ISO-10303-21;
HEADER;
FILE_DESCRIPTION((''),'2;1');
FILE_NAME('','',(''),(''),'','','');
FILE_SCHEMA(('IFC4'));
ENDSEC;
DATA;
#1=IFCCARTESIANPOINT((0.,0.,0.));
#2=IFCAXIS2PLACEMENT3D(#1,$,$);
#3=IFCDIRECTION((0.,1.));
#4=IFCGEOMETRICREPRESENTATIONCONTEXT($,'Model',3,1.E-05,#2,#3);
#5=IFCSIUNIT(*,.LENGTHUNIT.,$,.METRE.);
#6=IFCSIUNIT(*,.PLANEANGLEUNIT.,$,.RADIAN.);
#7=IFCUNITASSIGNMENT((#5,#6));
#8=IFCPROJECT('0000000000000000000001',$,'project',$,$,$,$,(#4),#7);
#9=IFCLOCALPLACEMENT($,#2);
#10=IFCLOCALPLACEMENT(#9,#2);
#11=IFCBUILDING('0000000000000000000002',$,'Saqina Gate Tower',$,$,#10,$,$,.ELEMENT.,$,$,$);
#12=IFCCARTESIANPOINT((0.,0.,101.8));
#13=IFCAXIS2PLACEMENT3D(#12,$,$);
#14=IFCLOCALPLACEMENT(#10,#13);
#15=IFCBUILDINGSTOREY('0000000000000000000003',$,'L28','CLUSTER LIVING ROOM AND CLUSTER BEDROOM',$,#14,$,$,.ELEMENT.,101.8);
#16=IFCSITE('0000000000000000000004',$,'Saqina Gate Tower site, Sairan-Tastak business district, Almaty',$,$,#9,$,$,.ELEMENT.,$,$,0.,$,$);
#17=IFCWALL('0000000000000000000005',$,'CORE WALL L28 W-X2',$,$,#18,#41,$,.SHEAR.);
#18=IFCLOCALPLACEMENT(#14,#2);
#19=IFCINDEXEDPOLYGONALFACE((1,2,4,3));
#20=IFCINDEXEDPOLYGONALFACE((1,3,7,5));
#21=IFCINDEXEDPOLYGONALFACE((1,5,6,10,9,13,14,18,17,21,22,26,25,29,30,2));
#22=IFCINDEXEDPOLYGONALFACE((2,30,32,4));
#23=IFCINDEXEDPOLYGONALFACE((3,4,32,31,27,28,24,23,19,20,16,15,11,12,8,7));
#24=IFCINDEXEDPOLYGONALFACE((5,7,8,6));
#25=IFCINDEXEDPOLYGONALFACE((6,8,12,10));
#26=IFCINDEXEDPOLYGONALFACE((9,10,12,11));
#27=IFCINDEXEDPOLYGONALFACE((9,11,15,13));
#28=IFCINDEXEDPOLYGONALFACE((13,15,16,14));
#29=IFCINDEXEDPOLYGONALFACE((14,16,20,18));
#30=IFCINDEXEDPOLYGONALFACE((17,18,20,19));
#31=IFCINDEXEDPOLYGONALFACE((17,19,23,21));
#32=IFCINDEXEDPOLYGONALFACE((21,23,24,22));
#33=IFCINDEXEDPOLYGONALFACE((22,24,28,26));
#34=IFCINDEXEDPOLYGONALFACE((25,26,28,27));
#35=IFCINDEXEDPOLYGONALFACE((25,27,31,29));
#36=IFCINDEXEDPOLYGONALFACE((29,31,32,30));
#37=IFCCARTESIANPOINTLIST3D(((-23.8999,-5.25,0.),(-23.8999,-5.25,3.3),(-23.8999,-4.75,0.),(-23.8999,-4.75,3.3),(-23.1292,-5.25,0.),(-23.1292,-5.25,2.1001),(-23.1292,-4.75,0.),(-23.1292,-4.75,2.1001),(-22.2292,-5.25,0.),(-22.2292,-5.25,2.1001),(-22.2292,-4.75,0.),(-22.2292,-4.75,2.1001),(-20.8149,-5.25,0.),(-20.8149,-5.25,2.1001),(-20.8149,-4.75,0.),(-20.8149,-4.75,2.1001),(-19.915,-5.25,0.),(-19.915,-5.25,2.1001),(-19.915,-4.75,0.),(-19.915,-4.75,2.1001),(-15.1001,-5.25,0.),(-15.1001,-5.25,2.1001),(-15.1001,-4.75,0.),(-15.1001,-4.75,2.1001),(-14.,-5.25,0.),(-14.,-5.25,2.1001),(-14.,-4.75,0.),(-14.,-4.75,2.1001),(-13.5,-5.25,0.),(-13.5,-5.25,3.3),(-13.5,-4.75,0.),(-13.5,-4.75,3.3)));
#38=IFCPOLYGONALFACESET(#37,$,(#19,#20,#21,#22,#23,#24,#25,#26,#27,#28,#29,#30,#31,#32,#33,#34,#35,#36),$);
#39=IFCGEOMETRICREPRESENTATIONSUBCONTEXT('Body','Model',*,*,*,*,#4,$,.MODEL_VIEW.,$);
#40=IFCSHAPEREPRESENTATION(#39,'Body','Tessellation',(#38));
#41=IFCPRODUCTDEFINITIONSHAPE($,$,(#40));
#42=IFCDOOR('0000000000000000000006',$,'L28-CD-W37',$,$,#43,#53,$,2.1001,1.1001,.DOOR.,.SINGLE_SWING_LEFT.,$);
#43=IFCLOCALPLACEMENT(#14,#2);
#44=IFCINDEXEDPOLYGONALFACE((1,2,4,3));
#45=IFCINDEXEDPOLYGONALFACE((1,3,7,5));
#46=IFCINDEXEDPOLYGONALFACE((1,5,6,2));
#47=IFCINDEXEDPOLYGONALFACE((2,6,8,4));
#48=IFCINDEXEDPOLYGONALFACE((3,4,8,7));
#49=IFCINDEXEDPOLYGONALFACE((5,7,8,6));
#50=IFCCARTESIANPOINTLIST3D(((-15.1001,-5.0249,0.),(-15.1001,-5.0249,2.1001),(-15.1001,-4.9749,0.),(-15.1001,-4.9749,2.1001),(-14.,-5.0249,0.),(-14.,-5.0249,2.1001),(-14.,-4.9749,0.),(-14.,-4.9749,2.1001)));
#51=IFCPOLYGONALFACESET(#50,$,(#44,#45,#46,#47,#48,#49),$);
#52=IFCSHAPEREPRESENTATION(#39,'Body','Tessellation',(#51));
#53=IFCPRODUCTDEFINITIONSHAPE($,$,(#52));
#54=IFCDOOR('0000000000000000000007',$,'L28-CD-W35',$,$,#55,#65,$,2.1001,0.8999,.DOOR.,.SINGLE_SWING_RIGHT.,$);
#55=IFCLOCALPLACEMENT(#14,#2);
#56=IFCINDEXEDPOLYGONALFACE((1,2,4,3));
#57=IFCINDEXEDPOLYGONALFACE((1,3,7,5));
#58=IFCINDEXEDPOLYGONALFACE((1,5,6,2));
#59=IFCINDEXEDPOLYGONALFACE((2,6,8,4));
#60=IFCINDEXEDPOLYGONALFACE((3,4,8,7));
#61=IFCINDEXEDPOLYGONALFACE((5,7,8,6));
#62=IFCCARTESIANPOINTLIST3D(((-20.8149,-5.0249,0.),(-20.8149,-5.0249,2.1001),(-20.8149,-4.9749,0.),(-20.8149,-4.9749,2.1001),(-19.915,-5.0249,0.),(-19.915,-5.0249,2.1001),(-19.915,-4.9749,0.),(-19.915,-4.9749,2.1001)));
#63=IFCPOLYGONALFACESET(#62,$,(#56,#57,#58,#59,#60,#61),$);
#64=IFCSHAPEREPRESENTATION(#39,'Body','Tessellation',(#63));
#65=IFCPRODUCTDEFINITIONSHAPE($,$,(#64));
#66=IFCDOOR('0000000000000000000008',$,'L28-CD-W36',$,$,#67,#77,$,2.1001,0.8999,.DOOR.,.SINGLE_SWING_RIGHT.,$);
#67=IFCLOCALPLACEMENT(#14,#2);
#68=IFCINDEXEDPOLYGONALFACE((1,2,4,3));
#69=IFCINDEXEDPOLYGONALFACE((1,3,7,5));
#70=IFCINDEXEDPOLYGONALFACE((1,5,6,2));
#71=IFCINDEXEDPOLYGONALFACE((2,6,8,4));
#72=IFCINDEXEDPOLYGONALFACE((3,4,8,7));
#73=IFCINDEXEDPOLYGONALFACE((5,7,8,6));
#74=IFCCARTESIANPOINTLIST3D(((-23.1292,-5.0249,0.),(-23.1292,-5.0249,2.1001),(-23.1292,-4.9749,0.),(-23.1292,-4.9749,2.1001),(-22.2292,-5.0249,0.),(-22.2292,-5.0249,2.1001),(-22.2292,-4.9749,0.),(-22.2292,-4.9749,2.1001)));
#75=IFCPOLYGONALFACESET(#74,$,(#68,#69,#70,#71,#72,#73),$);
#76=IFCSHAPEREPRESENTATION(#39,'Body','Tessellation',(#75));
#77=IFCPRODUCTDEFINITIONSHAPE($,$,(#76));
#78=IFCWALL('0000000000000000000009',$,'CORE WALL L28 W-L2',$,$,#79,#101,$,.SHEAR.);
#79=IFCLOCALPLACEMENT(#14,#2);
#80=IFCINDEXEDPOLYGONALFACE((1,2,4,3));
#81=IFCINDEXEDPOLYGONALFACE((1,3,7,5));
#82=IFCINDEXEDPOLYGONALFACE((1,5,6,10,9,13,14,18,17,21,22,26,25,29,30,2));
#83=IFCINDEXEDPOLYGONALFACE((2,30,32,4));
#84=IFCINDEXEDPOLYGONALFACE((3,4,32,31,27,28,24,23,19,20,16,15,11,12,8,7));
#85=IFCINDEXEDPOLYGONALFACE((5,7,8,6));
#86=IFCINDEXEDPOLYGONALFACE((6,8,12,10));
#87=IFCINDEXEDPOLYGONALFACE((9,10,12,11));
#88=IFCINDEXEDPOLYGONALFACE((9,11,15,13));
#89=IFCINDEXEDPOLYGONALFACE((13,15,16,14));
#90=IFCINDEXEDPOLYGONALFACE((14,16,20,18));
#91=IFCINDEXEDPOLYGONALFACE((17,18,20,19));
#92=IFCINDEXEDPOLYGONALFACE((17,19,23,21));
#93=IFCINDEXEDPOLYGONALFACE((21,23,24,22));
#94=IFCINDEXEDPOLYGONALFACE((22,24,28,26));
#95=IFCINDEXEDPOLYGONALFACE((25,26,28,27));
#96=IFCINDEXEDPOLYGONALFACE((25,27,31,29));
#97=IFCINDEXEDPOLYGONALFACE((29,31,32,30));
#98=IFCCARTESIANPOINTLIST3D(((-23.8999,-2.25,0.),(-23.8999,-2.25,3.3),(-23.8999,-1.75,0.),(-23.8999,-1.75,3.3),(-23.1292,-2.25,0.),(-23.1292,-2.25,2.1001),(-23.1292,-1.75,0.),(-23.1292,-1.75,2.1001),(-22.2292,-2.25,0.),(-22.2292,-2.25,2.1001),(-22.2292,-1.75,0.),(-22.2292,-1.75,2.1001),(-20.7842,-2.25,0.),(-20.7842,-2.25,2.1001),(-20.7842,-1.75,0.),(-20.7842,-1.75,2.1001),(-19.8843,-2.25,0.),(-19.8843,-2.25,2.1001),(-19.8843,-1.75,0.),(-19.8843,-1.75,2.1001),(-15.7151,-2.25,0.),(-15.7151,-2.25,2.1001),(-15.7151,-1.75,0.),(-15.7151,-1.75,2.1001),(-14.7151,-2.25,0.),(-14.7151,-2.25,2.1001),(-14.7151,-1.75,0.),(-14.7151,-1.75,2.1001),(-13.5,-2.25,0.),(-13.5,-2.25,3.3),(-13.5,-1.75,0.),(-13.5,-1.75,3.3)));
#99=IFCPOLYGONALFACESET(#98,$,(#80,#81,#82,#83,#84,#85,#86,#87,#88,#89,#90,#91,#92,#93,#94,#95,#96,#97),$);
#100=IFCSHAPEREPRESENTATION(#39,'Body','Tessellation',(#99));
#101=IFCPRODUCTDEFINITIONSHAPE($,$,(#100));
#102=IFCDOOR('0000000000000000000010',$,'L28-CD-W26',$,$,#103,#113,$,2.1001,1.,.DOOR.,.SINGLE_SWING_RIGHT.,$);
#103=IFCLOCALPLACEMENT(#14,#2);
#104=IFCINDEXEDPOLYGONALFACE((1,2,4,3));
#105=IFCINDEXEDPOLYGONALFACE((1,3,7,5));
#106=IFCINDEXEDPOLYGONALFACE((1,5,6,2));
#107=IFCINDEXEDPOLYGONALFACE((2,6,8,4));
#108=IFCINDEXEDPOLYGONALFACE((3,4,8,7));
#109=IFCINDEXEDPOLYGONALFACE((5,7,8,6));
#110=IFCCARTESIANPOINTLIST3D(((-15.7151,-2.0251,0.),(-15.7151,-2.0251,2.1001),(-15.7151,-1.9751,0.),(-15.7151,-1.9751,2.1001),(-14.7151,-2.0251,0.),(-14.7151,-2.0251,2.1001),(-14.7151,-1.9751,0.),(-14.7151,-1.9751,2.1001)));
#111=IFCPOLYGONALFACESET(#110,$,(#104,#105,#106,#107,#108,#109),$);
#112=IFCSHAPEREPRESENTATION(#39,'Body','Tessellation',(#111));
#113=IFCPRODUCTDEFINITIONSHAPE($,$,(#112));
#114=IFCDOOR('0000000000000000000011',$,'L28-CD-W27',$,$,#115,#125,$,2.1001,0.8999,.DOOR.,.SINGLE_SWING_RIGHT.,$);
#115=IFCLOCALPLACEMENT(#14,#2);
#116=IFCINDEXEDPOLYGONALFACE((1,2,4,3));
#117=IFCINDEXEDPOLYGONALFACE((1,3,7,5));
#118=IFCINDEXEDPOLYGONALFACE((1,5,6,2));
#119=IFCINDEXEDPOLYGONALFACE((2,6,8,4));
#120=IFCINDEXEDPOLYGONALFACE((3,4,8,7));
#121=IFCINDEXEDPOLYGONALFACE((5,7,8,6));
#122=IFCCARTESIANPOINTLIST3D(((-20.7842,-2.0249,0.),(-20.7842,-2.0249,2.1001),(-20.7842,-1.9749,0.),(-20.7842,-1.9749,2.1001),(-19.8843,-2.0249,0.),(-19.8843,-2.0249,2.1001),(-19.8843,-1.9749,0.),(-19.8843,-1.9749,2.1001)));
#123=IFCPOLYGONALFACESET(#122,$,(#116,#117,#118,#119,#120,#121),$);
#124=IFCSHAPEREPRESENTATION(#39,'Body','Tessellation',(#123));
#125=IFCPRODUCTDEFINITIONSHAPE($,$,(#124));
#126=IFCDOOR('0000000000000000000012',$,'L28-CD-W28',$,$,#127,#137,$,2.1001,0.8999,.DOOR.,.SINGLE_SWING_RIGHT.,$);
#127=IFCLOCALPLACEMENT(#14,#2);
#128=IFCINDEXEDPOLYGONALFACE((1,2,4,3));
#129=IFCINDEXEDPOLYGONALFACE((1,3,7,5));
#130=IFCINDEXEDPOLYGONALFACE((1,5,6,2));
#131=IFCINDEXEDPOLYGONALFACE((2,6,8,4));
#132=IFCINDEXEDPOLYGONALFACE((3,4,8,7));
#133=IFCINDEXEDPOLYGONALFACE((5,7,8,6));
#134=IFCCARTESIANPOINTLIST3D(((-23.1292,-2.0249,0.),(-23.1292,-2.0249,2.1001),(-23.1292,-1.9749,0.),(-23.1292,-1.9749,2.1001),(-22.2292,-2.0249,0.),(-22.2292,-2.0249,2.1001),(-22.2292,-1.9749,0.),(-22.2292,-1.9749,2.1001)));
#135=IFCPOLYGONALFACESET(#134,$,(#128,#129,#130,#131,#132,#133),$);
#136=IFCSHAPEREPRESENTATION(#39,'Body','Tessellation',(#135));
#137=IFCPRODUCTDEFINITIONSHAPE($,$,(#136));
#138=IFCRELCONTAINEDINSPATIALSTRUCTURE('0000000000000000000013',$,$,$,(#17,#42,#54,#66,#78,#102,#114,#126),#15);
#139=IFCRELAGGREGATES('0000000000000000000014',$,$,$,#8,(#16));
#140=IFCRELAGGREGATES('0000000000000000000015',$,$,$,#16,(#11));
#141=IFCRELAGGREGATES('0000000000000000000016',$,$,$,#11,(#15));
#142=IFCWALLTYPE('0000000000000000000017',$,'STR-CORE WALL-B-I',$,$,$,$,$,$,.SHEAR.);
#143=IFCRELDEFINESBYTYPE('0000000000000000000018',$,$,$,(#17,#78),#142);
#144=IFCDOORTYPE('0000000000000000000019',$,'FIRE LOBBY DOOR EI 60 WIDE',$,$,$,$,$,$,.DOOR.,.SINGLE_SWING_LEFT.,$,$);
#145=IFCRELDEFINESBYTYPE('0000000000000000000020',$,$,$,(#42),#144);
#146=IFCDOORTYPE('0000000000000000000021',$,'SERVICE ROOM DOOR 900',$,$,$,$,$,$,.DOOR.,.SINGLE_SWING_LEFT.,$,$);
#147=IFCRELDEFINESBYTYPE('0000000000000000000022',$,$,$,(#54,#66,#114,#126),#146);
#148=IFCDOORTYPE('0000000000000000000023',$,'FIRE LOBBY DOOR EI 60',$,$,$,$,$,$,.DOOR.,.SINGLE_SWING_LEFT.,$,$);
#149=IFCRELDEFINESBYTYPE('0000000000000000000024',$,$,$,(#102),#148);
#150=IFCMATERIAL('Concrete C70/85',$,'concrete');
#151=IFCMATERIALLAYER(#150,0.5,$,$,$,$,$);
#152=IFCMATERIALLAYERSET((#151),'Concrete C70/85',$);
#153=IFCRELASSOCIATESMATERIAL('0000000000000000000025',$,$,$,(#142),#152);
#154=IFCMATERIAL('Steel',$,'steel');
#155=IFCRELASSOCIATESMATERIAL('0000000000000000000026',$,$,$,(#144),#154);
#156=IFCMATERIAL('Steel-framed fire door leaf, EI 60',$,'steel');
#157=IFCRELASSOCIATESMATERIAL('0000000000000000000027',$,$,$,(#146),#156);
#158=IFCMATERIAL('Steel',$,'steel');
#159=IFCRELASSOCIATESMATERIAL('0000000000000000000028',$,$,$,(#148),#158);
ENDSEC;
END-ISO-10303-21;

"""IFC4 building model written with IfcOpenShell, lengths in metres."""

from ifc_helpers import new_model, si_unit, direction, frame, frame_2d, origin, place, context, subcontext, project, spatial, rectangle, extrude, material, layer, layer_set, type_object, element, fill, save


model = new_model("IFC4")

# Units and contexts
model_context = context("Model", 3, precision=1e-05, world=origin(), true_north=direction((0.0, 1.0)))
body_context = subcontext(model_context, "Body", "Model", "MODEL_VIEW")
ifc_project = project(units=[si_unit("LENGTHUNIT", "METRE"), si_unit("PLANEANGLEUNIT", "RADIAN")], contexts=[model_context])

# Site, building, storey
site_placement = place(None, origin())
site = spatial("IfcSite", under=ifc_project, at=site_placement, Name="Saqina Gate Tower site, Sairan-Tastak business district, Almaty", CompositionType="ELEMENT", RefElevation=0.0)
building_placement = place(site_placement, origin())
building = spatial("IfcBuilding", under=site, at=building_placement, Name="Saqina Gate Tower", CompositionType="ELEMENT")
storey_placement = place(building_placement, frame((0.0, 0.0, 101.8)))
storey = spatial("IfcBuildingStorey", under=building, at=storey_placement, Name="L28", Description="CLUSTER LIVING ROOM AND CLUSTER BEDROOM", CompositionType="ELEMENT", Elevation=101.8)

# Walls, openings, doors
ifc_material_1 = material(Name="Concrete C70/85", Category="concrete")
ifc_layer_1 = layer(ifc_material_1, 0.5)
ifc_layer_set_1 = layer_set([ifc_layer_1], Name="Concrete C70/85")
wall_type_1 = type_object("IfcWallType", Name="STR-CORE WALL-B-I", PredefinedType="SHEAR", material=ifc_layer_set_1)
wall_1_placement = place(storey_placement, frame((-13.5, -5.0, 0.0), z_axis=(0.0, 0.0, 1.0), x_axis=(-1.0, 0.0, 0.0)))
wall_1 = element("IfcWall", 1, at=wall_1_placement, inside=storey, type_object=wall_type_1, Name="CORE WALL L28 W-X2", PredefinedType="SHEAR", context=body_context, shape_type="SweptSolid", body=[
    extrude(rectangle(XDim=10.3999, YDim=0.5, at=frame_2d((5.2, 0.0))), origin(), (0.0, 0.0, 1.0), 3.3),
])
opening_1_placement = place(wall_1_placement, frame((6.415, 0.0, 0.0)))
opening_1 = element("IfcOpeningElement", 2, at=opening_1_placement, cuts=wall_1, PredefinedType="OPENING", context=body_context, shape_type="SweptSolid", body=[
    extrude(rectangle(XDim=0.8999, YDim=2.1001, at=frame_2d((0.45, 1.05))), frame((0.0, 0.262, 0.0), z_axis=(0.0, -1.0, 0.0), x_axis=(1.0, 0.0, 0.0)), (0.0, 0.0, 1.0), 0.5239),
])
opening_2_placement = place(wall_1_placement, frame((8.7292, 0.0, 0.0)))
opening_2 = element("IfcOpeningElement", 3, at=opening_2_placement, cuts=wall_1, PredefinedType="OPENING", context=body_context, shape_type="SweptSolid", body=[
    extrude(rectangle(XDim=0.8999, YDim=2.1001, at=frame_2d((0.45, 1.05))), frame((0.0, 0.262, 0.0), z_axis=(0.0, -1.0, 0.0), x_axis=(1.0, 0.0, 0.0)), (0.0, 0.0, 1.0), 0.5239),
])
opening_3_placement = place(wall_1_placement, frame((0.5, 0.0, 0.0)))
opening_3 = element("IfcOpeningElement", 4, at=opening_3_placement, cuts=wall_1, PredefinedType="OPENING", context=body_context, shape_type="SweptSolid", body=[
    extrude(rectangle(XDim=1.1001, YDim=2.1001, at=frame_2d((0.55, 1.05))), frame((0.0, 0.262, 0.0), z_axis=(0.0, -1.0, 0.0), x_axis=(1.0, 0.0, 0.0)), (0.0, 0.0, 1.0), 0.5239),
])
ifc_material_2 = material(Name="Steel", Category="steel")
door_type_1 = type_object("IfcDoorType", Name="FIRE LOBBY DOOR EI 60 WIDE", OperationType="SINGLE_SWING_LEFT", PredefinedType="DOOR", material=ifc_material_2)
door_1_placement = place(opening_3_placement, origin())
door_1 = element("IfcDoor", 5, at=door_1_placement, inside=storey, type_object=door_type_1, Name="L28-CD-W37", OperationType="SINGLE_SWING_LEFT", OverallHeight=2.1001, OverallWidth=1.1001, PredefinedType="DOOR", context=body_context, shape_type="SweptSolid", body=[
    extrude(rectangle(XDim=1.1001, YDim=2.1001, at=frame_2d((0.55, 1.05))), frame((0.0, 0.0249, 0.0), z_axis=(0.0, -1.0, 0.0), x_axis=(1.0, 0.0, 0.0)), (0.0, 0.0, 1.0), 0.05),
])
fill(opening_3, door_1)
ifc_material_3 = material(Name="Steel-framed fire door leaf, EI 60", Category="steel")
door_type_2 = type_object("IfcDoorType", Name="SERVICE ROOM DOOR 900", OperationType="SINGLE_SWING_LEFT", PredefinedType="DOOR", material=ifc_material_3)
door_2_placement = place(opening_1_placement, origin())
door_2 = element("IfcDoor", 6, at=door_2_placement, inside=storey, type_object=door_type_2, Name="L28-CD-W35", OperationType="SINGLE_SWING_RIGHT", OverallHeight=2.1001, OverallWidth=0.8999, PredefinedType="DOOR", context=body_context, shape_type="SweptSolid", body=[
    extrude(rectangle(XDim=0.8999, YDim=2.1001, at=frame_2d((0.45, 1.05))), frame((0.0, 0.0249, 0.0), z_axis=(0.0, -1.0, 0.0), x_axis=(1.0, 0.0, 0.0)), (0.0, 0.0, 1.0), 0.05),
])
fill(opening_1, door_2)
door_3_placement = place(opening_2_placement, origin())
door_3 = element("IfcDoor", 7, at=door_3_placement, inside=storey, type_object=door_type_2, Name="L28-CD-W36", OperationType="SINGLE_SWING_RIGHT", OverallHeight=2.1001, OverallWidth=0.8999, PredefinedType="DOOR", context=body_context, shape_type="SweptSolid", body=[
    extrude(rectangle(XDim=0.8999, YDim=2.1001, at=frame_2d((0.45, 1.05))), frame((0.0, 0.0249, 0.0), z_axis=(0.0, -1.0, 0.0), x_axis=(1.0, 0.0, 0.0)), (0.0, 0.0, 1.0), 0.05),
])
fill(opening_2, door_3)
wall_2_placement = place(storey_placement, frame((-13.5, -2.0, 0.0), z_axis=(0.0, 0.0, 1.0), x_axis=(-1.0, 0.0, 0.0)))
wall_2 = element("IfcWall", 8, at=wall_2_placement, inside=storey, type_object=wall_type_1, Name="CORE WALL L28 W-L2", PredefinedType="SHEAR", context=body_context, shape_type="SweptSolid", body=[
    extrude(rectangle(XDim=10.3999, YDim=0.5, at=frame_2d((5.2, 0.0))), origin(), (0.0, 0.0, 1.0), 3.3),
])
opening_4_placement = place(wall_2_placement, frame((1.2151, 0.0, 0.0)))
opening_4 = element("IfcOpeningElement", 9, at=opening_4_placement, cuts=wall_2, PredefinedType="OPENING", context=body_context, shape_type="SweptSolid", body=[
    extrude(rectangle(XDim=1.0, YDim=2.1001, at=frame_2d((0.5, 1.05))), frame((0.0, 0.262, 0.0), z_axis=(0.0, -1.0, 0.0), x_axis=(1.0, 0.0, 0.0)), (0.0, 0.0, 1.0), 0.5239),
])
opening_5_placement = place(wall_2_placement, frame((6.3843, 0.0, 0.0)))
opening_5 = element("IfcOpeningElement", 10, at=opening_5_placement, cuts=wall_2, PredefinedType="OPENING", context=body_context, shape_type="SweptSolid", body=[
    extrude(rectangle(XDim=0.8999, YDim=2.1001, at=frame_2d((0.45, 1.05))), frame((0.0, 0.262, 0.0), z_axis=(0.0, -1.0, 0.0), x_axis=(1.0, 0.0, 0.0)), (0.0, 0.0, 1.0), 0.5239),
])
opening_6_placement = place(wall_2_placement, frame((8.7292, 0.0, 0.0)))
opening_6 = element("IfcOpeningElement", 11, at=opening_6_placement, cuts=wall_2, PredefinedType="OPENING", context=body_context, shape_type="SweptSolid", body=[
    extrude(rectangle(XDim=0.8999, YDim=2.1001, at=frame_2d((0.45, 1.05))), frame((0.0, 0.262, 0.0), z_axis=(0.0, -1.0, 0.0), x_axis=(1.0, 0.0, 0.0)), (0.0, 0.0, 1.0), 0.5239),
])
ifc_material_4 = material(Name="Steel", Category="steel")
door_type_3 = type_object("IfcDoorType", Name="FIRE LOBBY DOOR EI 60", OperationType="SINGLE_SWING_LEFT", PredefinedType="DOOR", material=ifc_material_4)
door_4_placement = place(opening_4_placement, frame((1.0, 0.0, 0.0), z_axis=(0.0, 0.0, 1.0), x_axis=(-1.0, 0.0, 0.0)))
door_4 = element("IfcDoor", 12, at=door_4_placement, inside=storey, type_object=door_type_3, Name="L28-CD-W26", OperationType="SINGLE_SWING_RIGHT", OverallHeight=2.1001, OverallWidth=1.0, PredefinedType="DOOR", context=body_context, shape_type="SweptSolid", body=[
    extrude(rectangle(XDim=1.0, YDim=2.1001, at=frame_2d((0.5, 1.05))), frame((0.0, 0.0249, 0.0), z_axis=(0.0, -1.0, 0.0), x_axis=(1.0, 0.0, 0.0)), (0.0, 0.0, 1.0), 0.05),
])
fill(opening_4, door_4)
door_5_placement = place(opening_5_placement, origin())
door_5 = element("IfcDoor", 13, at=door_5_placement, inside=storey, type_object=door_type_2, Name="L28-CD-W27", OperationType="SINGLE_SWING_RIGHT", OverallHeight=2.1001, OverallWidth=0.8999, PredefinedType="DOOR", context=body_context, shape_type="SweptSolid", body=[
    extrude(rectangle(XDim=0.8999, YDim=2.1001, at=frame_2d((0.45, 1.05))), frame((0.0, 0.0249, 0.0), z_axis=(0.0, -1.0, 0.0), x_axis=(1.0, 0.0, 0.0)), (0.0, 0.0, 1.0), 0.05),
])
fill(opening_5, door_5)
door_6_placement = place(opening_6_placement, origin())
door_6 = element("IfcDoor", 14, at=door_6_placement, inside=storey, type_object=door_type_2, Name="L28-CD-W28", OperationType="SINGLE_SWING_RIGHT", OverallHeight=2.1001, OverallWidth=0.8999, PredefinedType="DOOR", context=body_context, shape_type="SweptSolid", body=[
    extrude(rectangle(XDim=0.8999, YDim=2.1001, at=frame_2d((0.45, 1.05))), frame((0.0, 0.0249, 0.0), z_axis=(0.0, -1.0, 0.0), x_axis=(1.0, 0.0, 0.0)), (0.0, 0.0, 1.0), 0.05),
])
fill(opening_6, door_6)

save(model, "model.ifc")
